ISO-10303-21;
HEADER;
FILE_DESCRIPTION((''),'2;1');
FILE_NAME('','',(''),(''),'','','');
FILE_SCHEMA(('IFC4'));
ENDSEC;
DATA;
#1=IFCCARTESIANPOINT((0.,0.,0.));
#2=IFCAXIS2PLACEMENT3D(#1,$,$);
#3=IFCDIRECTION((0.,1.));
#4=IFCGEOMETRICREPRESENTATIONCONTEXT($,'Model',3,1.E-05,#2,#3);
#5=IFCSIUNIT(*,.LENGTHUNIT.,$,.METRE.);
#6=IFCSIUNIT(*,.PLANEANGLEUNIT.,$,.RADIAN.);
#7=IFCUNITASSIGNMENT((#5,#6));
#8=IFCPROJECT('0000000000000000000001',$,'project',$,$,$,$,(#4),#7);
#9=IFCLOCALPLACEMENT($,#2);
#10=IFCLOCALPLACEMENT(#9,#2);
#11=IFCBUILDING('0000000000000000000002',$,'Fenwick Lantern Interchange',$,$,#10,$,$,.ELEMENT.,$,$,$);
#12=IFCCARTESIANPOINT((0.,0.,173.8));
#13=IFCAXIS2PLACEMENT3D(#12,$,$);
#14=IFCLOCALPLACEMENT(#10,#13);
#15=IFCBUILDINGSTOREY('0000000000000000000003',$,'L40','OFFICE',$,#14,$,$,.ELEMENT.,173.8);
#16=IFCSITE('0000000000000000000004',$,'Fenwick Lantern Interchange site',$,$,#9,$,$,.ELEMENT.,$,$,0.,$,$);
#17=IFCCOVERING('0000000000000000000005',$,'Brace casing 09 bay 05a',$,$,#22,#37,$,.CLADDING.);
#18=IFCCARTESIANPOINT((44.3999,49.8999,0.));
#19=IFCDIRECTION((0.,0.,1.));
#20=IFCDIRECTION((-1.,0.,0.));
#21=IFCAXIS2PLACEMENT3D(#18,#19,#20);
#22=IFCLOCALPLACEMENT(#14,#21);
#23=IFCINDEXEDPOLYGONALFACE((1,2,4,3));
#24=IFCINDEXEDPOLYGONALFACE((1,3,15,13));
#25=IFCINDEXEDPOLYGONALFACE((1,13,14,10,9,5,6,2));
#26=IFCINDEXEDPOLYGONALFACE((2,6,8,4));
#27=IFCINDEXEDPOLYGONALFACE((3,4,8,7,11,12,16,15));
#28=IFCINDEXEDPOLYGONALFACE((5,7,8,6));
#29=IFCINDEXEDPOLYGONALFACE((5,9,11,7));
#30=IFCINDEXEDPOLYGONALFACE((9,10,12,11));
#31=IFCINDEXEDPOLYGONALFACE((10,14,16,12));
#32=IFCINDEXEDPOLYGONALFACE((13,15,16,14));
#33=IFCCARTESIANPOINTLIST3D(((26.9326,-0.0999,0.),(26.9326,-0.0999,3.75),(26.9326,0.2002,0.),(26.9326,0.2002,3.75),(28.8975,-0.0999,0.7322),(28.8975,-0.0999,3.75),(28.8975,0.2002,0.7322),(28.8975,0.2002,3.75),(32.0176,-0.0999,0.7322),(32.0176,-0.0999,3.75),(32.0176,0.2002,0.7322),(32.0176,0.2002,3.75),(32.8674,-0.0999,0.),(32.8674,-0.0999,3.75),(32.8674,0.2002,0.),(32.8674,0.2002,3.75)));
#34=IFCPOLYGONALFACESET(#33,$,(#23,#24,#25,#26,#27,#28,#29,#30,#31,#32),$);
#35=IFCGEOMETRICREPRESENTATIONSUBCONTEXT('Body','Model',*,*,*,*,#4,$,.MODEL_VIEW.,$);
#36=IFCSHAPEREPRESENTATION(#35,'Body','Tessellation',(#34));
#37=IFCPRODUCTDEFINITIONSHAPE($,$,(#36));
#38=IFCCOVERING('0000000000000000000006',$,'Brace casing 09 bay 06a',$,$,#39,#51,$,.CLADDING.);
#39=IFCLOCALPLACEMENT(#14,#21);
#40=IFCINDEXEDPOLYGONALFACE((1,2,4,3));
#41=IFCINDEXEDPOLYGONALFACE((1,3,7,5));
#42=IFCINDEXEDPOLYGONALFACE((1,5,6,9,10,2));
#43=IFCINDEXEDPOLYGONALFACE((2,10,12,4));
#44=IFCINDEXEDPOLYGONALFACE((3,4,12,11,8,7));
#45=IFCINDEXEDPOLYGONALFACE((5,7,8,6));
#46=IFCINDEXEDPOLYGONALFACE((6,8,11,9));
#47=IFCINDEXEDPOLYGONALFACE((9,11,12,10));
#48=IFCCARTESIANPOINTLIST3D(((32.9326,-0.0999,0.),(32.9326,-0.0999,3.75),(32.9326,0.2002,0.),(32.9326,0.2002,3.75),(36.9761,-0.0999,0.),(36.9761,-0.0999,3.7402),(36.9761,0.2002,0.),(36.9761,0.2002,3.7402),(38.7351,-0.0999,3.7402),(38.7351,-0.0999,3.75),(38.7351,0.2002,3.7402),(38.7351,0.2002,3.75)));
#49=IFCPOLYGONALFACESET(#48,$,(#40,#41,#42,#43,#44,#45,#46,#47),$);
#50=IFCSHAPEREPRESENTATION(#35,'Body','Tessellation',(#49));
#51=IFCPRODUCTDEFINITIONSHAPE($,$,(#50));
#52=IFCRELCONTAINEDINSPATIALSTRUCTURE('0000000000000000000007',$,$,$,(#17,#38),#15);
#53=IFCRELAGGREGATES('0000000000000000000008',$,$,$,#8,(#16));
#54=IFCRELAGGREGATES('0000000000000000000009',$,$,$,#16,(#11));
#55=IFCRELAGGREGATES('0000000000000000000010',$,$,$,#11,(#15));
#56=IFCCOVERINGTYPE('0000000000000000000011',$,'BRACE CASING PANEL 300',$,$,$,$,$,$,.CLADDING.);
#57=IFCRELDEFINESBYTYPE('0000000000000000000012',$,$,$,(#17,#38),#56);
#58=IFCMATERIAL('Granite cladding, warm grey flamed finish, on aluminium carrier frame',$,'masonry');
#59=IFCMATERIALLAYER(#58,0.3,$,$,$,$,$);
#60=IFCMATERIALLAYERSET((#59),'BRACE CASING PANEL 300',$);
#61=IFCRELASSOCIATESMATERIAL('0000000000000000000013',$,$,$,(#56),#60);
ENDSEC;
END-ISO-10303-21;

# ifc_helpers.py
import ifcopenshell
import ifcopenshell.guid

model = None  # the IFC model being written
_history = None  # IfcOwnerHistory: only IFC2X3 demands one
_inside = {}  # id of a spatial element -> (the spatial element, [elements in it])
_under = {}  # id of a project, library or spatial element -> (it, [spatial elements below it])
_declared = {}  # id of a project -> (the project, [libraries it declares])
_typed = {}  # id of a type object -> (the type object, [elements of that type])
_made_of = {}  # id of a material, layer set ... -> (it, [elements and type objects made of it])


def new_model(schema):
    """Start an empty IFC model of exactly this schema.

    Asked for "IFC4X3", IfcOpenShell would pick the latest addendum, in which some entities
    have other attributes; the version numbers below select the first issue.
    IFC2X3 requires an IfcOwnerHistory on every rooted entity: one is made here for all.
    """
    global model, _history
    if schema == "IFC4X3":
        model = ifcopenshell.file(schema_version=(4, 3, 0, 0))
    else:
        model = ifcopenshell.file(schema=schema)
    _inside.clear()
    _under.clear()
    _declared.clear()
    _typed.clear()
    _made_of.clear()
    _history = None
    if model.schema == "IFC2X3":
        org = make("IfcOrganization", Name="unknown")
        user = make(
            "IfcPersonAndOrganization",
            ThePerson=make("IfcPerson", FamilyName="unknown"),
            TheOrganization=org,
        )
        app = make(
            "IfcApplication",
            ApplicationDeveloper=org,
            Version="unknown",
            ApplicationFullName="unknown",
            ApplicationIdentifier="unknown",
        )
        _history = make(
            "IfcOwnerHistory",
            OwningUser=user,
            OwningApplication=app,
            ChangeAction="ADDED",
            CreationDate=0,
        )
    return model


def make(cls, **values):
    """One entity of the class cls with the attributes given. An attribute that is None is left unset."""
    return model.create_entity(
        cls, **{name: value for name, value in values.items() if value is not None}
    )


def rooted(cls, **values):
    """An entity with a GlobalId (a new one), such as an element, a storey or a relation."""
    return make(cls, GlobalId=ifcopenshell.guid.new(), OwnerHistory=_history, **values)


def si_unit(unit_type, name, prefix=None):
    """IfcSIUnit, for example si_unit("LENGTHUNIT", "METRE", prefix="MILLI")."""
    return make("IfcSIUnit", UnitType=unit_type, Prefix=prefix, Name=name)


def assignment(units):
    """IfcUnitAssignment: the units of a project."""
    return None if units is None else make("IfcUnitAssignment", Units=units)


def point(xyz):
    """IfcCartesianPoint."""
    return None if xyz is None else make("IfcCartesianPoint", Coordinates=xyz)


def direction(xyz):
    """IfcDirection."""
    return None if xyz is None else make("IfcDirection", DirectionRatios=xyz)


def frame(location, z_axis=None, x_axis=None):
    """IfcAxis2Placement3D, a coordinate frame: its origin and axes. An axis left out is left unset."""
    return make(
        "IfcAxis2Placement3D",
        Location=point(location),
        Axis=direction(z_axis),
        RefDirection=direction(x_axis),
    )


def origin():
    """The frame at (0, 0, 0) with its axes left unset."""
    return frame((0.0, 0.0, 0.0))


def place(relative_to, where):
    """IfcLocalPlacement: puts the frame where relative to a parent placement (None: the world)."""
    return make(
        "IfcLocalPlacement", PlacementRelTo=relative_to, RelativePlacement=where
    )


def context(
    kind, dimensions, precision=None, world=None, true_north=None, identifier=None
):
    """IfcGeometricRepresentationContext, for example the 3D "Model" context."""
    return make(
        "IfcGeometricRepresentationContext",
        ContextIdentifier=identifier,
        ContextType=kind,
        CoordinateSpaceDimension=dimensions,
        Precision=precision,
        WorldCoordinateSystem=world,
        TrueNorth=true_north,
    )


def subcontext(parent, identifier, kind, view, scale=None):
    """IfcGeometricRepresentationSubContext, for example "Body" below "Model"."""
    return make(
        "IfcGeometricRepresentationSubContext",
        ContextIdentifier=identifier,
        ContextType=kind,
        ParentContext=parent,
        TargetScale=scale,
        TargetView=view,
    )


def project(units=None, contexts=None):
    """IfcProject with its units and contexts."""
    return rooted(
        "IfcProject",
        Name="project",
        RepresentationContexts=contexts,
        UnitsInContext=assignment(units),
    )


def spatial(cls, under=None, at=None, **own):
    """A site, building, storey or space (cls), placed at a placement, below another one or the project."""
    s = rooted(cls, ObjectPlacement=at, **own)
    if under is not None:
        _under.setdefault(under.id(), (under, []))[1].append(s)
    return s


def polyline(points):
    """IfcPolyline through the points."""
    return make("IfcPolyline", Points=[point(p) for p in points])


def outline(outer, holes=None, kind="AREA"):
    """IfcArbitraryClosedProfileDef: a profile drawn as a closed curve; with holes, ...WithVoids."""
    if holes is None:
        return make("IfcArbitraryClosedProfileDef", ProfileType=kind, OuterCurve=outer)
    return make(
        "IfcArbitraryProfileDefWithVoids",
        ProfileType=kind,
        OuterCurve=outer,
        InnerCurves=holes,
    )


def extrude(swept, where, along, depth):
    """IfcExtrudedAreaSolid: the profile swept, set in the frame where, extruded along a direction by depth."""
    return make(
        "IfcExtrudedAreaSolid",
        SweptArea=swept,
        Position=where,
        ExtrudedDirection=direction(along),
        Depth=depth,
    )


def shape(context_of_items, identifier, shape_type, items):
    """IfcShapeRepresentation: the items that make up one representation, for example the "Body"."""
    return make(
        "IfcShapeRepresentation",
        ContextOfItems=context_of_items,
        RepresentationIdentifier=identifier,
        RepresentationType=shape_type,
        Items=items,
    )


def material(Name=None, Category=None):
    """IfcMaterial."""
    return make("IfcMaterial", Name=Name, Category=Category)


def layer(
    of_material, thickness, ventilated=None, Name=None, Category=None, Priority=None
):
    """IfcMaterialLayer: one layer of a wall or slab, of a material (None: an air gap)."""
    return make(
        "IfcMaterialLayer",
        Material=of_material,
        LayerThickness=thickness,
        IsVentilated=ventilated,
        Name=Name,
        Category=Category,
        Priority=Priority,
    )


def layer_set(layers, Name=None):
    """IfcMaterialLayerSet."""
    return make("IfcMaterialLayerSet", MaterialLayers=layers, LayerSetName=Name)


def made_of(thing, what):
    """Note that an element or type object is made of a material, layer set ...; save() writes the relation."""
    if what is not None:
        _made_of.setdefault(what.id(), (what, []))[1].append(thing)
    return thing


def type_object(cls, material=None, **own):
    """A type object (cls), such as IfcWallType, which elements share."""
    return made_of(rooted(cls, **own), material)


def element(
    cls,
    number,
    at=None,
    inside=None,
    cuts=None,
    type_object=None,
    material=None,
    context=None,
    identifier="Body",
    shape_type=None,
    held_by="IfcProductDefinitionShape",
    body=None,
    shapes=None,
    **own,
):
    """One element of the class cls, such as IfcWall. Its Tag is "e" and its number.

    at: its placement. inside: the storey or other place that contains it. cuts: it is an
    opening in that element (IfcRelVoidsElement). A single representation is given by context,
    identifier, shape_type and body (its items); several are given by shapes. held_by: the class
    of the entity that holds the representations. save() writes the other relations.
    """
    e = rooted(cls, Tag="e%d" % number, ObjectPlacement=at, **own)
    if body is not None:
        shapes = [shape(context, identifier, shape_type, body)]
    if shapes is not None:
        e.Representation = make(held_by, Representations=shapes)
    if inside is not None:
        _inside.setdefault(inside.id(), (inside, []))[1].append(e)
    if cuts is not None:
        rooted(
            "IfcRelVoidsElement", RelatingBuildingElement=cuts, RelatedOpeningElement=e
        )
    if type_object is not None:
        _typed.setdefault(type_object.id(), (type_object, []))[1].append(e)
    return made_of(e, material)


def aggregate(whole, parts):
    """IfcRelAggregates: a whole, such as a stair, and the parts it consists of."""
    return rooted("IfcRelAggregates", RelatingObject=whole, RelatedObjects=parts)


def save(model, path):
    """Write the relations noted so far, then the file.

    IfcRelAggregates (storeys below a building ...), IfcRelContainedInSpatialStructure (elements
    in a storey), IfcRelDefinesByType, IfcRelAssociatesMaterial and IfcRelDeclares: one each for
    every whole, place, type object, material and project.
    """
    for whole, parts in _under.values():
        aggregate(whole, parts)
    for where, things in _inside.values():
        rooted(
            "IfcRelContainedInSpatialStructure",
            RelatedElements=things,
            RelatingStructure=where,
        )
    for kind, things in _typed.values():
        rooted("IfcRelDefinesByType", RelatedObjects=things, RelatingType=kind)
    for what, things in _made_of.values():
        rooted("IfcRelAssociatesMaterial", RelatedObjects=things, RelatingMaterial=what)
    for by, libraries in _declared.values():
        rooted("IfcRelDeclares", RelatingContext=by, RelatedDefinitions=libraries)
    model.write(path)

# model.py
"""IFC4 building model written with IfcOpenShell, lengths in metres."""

from ifc_helpers import new_model, si_unit, direction, frame, origin, place, context, subcontext, project, spatial, polyline, outline, extrude, material, layer, layer_set, type_object, element, save


model = new_model("IFC4")

# Units and contexts
model_context = context("Model", 3, precision=1e-05, world=origin(), true_north=direction((0.0, 1.0)))
body_context = subcontext(model_context, "Body", "Model", "MODEL_VIEW")
ifc_project = project(units=[si_unit("LENGTHUNIT", "METRE"), si_unit("PLANEANGLEUNIT", "RADIAN")], contexts=[model_context])

# Site, building, storey
site_placement = place(None, origin())
site = spatial("IfcSite", under=ifc_project, at=site_placement, Name="Fenwick Lantern Interchange site", CompositionType="ELEMENT", RefElevation=0.0)
building_placement = place(site_placement, origin())
building = spatial("IfcBuilding", under=site, at=building_placement, Name="Fenwick Lantern Interchange", CompositionType="ELEMENT")
storey_placement = place(building_placement, frame((0.0, 0.0, 173.8)))
storey = spatial("IfcBuildingStorey", under=building, at=storey_placement, Name="L40", Description="OFFICE", CompositionType="ELEMENT", Elevation=173.8)

# Coverings
ifc_material_1 = material(Name="Granite cladding, warm grey flamed finish, on aluminium carrier frame", Category="masonry")
ifc_layer_1 = layer(ifc_material_1, 0.3)
ifc_layer_set_1 = layer_set([ifc_layer_1], Name="BRACE CASING PANEL 300")
covering_type = type_object("IfcCoveringType", Name="BRACE CASING PANEL 300", PredefinedType="CLADDING", material=ifc_layer_set_1)
covering_1_placement = place(storey_placement, frame((44.3999, 49.8999, 0.0), z_axis=(0.0, 0.0, 1.0), x_axis=(-1.0, 0.0, 0.0)))
element("IfcCovering", 1, at=covering_1_placement, inside=storey, type_object=covering_type, Name="Brace casing 09 bay 05a", PredefinedType="CLADDING", context=body_context, shape_type="SweptSolid", body=[
    extrude(outline(polyline([(26.9326, 0.0), (32.8674, 0.0), (32.8674, 3.75), (32.0176, 3.75), (32.0176, 0.7322), (28.8975, 0.7322), (28.8975, 3.75), (26.9326, 3.75), (26.9326, 0.0)])), frame((0.0, 0.2002, 0.0), z_axis=(0.0, -1.0, 0.0), x_axis=(1.0, 0.0, 0.0)), (0.0, 0.0, 1.0), 0.3),
])
covering_2_placement = place(storey_placement, frame((44.3999, 49.8999, 0.0), z_axis=(0.0, 0.0, 1.0), x_axis=(-1.0, 0.0, 0.0)))
element("IfcCovering", 2, at=covering_2_placement, inside=storey, type_object=covering_type, Name="Brace casing 09 bay 06a", PredefinedType="CLADDING", context=body_context, shape_type="SweptSolid", body=[
    extrude(outline(polyline([(32.9326, 0.0), (36.9761, 0.0), (36.9761, 3.7402), (38.7351, 3.7402), (38.7351, 3.75), (32.9326, 3.75), (32.9326, 0.0)])), frame((0.0, 0.2002, 0.0), z_axis=(0.0, -1.0, 0.0), x_axis=(1.0, 0.0, 0.0)), (0.0, 0.0, 1.0), 0.3),
])

save(model, "model.ifc")
